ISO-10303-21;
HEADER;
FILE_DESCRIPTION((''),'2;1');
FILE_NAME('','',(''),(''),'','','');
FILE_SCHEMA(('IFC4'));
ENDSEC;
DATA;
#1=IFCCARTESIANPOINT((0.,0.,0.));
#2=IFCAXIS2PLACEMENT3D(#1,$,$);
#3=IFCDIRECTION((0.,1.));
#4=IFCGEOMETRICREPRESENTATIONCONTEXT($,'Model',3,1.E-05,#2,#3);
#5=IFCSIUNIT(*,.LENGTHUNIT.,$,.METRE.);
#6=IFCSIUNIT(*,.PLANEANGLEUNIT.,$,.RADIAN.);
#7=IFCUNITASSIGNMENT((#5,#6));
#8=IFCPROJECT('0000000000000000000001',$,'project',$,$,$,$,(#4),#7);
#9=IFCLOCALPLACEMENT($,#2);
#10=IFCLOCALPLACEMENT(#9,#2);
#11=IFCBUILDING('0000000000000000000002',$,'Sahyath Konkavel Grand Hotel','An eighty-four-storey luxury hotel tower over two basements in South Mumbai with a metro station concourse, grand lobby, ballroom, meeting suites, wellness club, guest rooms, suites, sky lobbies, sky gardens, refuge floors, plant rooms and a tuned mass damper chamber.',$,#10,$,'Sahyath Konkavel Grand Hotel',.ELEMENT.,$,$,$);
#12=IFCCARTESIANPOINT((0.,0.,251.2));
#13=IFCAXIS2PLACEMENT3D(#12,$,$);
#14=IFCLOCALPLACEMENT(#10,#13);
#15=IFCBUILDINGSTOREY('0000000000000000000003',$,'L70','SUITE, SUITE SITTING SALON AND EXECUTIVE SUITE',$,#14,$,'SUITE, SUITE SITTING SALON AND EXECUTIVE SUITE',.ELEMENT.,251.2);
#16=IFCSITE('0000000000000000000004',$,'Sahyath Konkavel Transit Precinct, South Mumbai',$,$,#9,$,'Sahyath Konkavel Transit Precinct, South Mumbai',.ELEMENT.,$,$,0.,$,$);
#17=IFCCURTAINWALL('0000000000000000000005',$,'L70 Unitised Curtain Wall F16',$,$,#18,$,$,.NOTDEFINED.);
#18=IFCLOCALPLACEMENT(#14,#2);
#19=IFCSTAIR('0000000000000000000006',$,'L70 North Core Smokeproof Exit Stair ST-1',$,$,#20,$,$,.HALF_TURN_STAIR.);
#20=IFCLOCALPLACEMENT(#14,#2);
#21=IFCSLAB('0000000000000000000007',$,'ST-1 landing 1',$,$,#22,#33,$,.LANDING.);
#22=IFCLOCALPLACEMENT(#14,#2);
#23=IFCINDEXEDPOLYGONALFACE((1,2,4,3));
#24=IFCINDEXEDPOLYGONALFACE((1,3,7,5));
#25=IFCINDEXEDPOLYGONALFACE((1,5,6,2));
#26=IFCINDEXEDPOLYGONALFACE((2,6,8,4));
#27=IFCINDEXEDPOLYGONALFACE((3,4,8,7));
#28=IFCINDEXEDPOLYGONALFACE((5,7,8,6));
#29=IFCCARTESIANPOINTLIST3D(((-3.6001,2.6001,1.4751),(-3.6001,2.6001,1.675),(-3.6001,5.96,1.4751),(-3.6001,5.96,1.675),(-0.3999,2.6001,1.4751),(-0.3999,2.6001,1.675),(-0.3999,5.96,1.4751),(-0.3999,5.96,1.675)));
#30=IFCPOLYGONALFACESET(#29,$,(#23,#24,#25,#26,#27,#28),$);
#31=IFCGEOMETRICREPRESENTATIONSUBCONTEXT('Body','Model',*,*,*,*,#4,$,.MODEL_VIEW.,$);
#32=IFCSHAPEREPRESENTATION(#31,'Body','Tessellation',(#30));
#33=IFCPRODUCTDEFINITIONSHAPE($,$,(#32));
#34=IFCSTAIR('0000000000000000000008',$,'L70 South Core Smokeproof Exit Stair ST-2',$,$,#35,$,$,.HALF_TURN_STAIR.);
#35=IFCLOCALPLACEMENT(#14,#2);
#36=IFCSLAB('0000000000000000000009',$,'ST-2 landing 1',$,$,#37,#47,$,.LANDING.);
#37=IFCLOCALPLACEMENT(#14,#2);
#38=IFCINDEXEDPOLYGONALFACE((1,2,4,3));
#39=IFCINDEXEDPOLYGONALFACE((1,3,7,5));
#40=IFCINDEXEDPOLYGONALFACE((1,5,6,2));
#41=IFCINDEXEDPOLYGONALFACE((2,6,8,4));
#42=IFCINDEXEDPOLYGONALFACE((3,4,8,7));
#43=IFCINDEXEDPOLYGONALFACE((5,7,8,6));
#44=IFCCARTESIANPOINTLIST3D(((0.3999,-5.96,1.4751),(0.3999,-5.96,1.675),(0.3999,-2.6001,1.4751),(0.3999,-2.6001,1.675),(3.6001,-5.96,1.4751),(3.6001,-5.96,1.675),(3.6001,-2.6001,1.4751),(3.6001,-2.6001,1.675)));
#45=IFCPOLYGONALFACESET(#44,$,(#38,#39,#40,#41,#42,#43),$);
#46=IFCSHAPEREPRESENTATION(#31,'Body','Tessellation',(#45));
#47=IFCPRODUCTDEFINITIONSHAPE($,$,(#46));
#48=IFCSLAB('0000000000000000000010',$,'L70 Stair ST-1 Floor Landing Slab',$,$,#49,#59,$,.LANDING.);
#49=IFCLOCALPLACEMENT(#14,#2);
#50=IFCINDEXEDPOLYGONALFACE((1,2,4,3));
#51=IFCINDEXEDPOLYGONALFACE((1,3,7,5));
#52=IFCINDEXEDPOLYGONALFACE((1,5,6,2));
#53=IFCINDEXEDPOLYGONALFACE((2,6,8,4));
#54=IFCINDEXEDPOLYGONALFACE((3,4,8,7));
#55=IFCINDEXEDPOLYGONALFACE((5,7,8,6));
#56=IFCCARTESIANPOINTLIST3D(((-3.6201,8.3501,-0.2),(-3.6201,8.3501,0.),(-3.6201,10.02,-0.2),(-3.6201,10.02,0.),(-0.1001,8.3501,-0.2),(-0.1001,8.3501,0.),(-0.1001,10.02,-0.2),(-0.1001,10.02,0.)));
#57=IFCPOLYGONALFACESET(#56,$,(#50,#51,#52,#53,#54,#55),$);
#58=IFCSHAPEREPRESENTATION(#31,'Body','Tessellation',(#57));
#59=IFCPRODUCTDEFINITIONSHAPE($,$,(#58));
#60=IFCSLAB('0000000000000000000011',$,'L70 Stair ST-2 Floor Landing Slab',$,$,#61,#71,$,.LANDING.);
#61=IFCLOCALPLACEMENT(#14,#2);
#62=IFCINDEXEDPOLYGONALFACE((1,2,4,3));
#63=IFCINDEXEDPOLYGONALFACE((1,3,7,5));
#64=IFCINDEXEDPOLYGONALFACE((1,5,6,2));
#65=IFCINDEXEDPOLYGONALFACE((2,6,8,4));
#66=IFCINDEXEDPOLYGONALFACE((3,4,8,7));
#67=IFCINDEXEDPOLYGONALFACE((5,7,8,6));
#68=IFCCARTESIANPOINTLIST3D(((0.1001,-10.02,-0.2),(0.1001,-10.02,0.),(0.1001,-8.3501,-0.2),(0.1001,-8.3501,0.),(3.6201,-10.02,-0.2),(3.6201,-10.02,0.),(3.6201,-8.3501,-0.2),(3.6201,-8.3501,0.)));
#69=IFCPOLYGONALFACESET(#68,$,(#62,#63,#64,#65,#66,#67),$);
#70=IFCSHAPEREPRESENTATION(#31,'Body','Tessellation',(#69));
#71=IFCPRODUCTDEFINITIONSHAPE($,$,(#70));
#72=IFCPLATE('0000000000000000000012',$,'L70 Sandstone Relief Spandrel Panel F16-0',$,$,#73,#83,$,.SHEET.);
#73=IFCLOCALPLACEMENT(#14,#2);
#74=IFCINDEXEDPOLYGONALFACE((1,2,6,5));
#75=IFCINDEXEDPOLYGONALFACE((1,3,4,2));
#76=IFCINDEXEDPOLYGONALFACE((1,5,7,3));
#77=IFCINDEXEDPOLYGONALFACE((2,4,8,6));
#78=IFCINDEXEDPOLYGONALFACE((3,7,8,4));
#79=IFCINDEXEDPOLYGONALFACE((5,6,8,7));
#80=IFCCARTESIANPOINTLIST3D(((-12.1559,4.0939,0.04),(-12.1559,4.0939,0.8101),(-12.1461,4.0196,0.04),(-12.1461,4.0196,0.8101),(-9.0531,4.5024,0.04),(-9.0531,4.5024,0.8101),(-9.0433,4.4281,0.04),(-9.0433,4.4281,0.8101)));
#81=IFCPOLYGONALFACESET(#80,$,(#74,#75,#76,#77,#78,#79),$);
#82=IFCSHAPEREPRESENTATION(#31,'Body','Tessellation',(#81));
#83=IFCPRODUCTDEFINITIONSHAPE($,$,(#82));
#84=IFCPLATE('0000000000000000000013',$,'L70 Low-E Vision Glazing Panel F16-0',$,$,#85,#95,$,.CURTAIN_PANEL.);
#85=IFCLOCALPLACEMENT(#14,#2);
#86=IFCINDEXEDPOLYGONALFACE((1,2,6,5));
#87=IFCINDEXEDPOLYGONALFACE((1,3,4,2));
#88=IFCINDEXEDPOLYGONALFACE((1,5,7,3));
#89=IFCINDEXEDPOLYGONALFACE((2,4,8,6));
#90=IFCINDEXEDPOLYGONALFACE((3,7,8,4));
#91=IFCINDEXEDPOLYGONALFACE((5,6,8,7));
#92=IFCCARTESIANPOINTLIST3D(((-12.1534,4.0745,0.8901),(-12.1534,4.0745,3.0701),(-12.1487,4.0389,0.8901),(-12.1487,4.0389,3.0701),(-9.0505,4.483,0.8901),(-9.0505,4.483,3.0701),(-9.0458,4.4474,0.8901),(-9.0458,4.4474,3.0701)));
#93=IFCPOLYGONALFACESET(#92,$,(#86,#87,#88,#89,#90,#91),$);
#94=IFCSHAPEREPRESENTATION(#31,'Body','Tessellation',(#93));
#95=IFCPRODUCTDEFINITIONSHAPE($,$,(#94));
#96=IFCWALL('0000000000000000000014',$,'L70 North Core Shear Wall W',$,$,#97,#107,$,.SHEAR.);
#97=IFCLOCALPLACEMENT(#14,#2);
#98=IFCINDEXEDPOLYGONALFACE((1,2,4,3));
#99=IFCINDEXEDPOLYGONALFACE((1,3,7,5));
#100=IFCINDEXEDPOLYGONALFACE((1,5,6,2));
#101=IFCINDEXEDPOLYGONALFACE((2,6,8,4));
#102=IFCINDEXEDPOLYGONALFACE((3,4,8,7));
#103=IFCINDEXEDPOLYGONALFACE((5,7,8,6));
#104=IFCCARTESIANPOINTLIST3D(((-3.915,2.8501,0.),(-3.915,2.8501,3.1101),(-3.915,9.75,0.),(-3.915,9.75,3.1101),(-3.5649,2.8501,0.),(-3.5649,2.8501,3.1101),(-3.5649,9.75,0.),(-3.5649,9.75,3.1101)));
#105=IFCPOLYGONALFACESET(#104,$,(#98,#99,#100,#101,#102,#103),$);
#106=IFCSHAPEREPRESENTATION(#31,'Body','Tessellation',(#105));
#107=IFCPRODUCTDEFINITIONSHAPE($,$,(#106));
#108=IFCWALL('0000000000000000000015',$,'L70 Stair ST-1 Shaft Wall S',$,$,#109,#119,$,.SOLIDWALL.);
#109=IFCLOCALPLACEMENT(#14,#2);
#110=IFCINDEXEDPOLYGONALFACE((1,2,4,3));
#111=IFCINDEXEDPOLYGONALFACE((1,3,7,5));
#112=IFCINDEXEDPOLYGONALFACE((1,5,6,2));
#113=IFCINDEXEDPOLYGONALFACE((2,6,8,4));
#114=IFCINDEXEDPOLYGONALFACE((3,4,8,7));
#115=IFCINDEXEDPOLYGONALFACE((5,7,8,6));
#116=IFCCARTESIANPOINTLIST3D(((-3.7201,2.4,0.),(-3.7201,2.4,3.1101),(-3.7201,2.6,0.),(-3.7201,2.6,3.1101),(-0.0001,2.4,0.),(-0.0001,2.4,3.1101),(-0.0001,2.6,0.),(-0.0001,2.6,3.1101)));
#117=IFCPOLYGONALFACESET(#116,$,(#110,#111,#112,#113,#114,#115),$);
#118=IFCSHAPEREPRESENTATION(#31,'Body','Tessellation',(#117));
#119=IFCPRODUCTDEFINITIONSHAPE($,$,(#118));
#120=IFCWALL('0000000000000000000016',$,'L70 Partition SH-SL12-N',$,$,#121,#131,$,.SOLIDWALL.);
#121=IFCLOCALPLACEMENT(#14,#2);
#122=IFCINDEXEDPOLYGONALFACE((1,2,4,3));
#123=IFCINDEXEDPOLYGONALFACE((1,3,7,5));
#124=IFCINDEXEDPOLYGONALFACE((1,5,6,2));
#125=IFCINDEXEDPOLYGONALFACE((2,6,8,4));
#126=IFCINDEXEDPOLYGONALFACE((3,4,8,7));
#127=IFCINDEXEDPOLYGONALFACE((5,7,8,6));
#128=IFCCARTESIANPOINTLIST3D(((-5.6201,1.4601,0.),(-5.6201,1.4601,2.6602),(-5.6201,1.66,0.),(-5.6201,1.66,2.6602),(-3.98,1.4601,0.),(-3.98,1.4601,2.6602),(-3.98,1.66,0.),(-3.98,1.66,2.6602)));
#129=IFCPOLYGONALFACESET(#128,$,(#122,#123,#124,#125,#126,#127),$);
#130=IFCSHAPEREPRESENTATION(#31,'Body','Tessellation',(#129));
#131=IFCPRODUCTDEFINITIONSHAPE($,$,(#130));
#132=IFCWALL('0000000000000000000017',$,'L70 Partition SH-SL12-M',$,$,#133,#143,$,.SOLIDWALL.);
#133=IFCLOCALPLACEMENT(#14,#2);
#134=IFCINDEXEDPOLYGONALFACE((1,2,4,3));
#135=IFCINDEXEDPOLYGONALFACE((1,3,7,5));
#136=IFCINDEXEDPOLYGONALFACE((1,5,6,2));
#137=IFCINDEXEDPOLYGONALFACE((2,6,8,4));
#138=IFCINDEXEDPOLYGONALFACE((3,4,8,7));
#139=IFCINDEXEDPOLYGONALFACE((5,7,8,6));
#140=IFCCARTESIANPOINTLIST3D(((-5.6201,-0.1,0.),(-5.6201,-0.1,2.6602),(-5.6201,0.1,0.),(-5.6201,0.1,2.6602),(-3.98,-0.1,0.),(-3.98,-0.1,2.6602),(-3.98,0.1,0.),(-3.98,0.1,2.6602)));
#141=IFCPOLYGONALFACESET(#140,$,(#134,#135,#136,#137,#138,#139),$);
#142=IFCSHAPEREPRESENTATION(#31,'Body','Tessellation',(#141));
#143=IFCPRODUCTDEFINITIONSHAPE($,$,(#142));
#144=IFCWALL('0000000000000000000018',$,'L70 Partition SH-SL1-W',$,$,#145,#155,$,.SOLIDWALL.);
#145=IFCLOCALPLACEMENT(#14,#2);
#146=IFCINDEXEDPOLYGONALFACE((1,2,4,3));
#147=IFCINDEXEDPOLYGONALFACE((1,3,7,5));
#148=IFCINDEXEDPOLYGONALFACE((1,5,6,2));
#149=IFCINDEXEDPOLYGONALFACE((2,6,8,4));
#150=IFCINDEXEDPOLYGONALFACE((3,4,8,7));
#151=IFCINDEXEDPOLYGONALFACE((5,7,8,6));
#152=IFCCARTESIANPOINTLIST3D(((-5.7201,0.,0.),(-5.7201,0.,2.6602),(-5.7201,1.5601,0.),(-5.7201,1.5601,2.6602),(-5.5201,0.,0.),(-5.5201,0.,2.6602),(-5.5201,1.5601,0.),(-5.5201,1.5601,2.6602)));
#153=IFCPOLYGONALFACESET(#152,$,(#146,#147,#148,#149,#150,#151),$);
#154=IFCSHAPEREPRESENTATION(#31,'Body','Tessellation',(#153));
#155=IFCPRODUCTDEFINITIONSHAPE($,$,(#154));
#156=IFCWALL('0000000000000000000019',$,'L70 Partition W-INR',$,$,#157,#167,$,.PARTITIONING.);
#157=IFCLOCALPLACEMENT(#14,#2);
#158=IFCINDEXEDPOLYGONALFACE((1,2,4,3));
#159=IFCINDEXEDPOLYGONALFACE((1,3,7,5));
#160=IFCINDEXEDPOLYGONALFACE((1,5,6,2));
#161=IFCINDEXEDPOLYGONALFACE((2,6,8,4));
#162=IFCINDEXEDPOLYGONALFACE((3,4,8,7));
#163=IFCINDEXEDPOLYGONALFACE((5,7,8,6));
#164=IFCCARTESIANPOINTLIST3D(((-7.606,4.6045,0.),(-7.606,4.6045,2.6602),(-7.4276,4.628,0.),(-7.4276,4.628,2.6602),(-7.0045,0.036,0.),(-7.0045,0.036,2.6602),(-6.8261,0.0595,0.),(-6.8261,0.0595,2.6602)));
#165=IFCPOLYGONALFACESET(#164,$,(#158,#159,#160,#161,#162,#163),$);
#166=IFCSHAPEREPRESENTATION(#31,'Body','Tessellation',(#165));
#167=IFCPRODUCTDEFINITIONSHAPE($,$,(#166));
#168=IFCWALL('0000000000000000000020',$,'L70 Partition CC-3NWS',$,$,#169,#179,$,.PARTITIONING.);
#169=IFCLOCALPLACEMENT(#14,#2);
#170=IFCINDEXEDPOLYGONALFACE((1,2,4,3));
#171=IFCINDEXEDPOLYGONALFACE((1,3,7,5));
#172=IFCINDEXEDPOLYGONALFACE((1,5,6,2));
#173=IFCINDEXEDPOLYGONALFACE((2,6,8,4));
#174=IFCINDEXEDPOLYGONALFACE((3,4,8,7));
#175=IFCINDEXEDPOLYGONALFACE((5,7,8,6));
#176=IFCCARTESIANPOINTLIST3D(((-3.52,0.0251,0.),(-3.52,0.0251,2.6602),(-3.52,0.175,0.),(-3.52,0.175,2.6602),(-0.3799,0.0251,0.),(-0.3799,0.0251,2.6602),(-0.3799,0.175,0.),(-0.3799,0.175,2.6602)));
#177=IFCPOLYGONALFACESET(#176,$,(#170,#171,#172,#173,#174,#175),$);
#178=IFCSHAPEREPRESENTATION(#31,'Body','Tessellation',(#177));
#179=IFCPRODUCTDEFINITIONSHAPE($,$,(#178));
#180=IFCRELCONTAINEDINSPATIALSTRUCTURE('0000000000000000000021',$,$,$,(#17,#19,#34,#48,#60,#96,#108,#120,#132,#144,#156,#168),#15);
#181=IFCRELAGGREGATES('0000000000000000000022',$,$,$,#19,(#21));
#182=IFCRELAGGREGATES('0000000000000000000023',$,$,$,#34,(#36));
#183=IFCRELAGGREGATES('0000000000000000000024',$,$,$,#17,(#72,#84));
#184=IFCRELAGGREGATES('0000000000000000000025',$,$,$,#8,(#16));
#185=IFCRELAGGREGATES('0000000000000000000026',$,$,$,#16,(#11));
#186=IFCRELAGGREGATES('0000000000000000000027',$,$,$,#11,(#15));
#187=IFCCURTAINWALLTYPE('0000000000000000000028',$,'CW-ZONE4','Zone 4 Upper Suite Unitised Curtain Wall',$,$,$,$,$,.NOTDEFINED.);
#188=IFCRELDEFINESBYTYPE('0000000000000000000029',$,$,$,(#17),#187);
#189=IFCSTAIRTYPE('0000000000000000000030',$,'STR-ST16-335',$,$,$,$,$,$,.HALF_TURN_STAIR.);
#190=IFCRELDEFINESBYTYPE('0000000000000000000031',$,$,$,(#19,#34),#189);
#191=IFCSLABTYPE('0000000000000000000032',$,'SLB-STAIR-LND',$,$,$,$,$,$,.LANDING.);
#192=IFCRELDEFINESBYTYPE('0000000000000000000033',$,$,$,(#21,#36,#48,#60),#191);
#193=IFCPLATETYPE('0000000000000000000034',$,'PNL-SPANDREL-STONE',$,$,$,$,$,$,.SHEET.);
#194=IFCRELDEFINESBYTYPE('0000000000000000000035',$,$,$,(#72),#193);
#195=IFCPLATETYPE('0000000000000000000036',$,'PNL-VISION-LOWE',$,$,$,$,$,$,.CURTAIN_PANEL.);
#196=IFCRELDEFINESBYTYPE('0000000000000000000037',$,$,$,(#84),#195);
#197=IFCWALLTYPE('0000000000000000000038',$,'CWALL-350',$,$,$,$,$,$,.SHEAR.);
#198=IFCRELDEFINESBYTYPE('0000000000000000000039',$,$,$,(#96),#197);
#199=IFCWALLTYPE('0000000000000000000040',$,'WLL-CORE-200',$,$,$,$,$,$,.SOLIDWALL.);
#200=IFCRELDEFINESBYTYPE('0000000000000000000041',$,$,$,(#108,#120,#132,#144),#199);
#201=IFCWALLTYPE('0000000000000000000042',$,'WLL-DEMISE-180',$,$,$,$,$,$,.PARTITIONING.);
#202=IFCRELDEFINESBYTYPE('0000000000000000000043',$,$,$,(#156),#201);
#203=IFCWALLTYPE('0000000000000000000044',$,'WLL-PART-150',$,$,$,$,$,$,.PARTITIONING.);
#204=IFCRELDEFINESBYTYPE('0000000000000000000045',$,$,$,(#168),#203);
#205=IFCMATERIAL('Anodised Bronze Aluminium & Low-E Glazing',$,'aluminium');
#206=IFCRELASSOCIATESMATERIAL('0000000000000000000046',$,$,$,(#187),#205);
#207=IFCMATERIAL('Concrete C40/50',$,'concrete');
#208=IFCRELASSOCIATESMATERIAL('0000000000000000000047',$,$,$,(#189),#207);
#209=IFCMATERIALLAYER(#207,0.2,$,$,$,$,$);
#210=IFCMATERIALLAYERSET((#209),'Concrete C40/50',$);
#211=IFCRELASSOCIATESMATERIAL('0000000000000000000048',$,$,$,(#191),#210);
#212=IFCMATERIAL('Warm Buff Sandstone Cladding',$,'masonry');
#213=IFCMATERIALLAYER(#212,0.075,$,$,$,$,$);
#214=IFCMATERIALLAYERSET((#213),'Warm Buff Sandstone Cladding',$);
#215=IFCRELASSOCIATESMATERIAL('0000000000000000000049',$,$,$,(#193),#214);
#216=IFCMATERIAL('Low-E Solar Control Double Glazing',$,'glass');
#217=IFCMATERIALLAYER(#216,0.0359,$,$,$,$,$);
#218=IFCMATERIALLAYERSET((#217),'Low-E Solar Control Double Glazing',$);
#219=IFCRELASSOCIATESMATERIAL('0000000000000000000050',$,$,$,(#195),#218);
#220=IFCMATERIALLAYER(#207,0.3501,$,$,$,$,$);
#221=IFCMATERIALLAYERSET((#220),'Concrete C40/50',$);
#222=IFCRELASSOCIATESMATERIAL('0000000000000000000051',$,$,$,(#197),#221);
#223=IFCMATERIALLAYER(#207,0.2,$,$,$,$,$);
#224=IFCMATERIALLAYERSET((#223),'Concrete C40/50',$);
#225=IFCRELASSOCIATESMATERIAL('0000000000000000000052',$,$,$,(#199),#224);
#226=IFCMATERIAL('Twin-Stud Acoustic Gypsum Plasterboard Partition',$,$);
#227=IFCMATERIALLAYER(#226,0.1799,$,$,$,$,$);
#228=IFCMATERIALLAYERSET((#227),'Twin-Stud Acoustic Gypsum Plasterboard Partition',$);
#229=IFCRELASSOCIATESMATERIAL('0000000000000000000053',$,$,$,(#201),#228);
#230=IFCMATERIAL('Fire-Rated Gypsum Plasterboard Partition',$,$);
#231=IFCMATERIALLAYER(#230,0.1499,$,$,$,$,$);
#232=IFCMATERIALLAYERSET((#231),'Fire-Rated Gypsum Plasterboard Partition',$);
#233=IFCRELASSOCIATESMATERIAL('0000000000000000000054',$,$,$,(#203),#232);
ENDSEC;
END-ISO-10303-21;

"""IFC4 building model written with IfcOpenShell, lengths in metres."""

from ifc_helpers import new_model, si_unit, direction, frame, frame_2d, origin, origin_2d, place, context, subcontext, project, spatial, polyline, rectangle, outline, extrude, source, transform, mapped, material, layer, layer_set, type_object, element, aggregate, save


model = new_model("IFC4")

# Units and contexts
model_context = context("Model", 3, precision=1e-05, world=origin(), true_north=direction((0.0, 1.0)))
body_context = subcontext(model_context, "Body", "Model", "MODEL_VIEW")
ifc_project = project(units=[si_unit("LENGTHUNIT", "METRE"), si_unit("PLANEANGLEUNIT", "RADIAN")], contexts=[model_context])

# Site, building, storey
site_placement = place(None, origin())
site = spatial("IfcSite", under=ifc_project, at=site_placement, Name="Sahyath Konkavel Transit Precinct, South Mumbai", LongName="Sahyath Konkavel Transit Precinct, South Mumbai", CompositionType="ELEMENT", RefElevation=0.0)
building_placement = place(site_placement, origin())
building = spatial("IfcBuilding", under=site, at=building_placement, Name="Sahyath Konkavel Grand Hotel", Description="An eighty-four-storey luxury hotel tower over two basements in South Mumbai with a metro station concourse, grand lobby, ballroom, meeting suites, wellness club, guest rooms, suites, sky lobbies, sky gardens, refuge floors, plant rooms and a tuned mass damper chamber.", LongName="Sahyath Konkavel Grand Hotel", CompositionType="ELEMENT")
storey_placement = place(building_placement, frame((0.0, 0.0, 251.2)))
storey = spatial("IfcBuildingStorey", under=building, at=storey_placement, Name="L70", Description="SUITE, SUITE SITTING SALON AND EXECUTIVE SUITE", LongName="SUITE, SUITE SITTING SALON AND EXECUTIVE SUITE", CompositionType="ELEMENT", Elevation=251.2)

# Shared definitions
ifc_material_1 = material(Name="Concrete C40/50", Category="concrete")

# Curtain wall
ifc_material_2 = material(Name="Anodised Bronze Aluminium & Low-E Glazing", Category="aluminium")
curtain_wall_type = type_object("IfcCurtainWallType", Name="CW-ZONE4", Description="Zone 4 Upper Suite Unitised Curtain Wall", PredefinedType="NOTDEFINED", material=ifc_material_2)
curtain_wall_placement = place(storey_placement, origin())
curtain_wall = element("IfcCurtainWall", 1, at=curtain_wall_placement, inside=storey, type_object=curtain_wall_type, Name="L70 Unitised Curtain Wall F16", PredefinedType="NOTDEFINED")

# Stairs, slabs
stair_type = type_object("IfcStairType", Name="STR-ST16-335", PredefinedType="HALF_TURN_STAIR", material=ifc_material_1)
stair_1_placement = place(storey_placement, origin())
stair_1 = element("IfcStair", 2, at=stair_1_placement, inside=storey, type_object=stair_type, Name="L70 North Core Smokeproof Exit Stair ST-1", PredefinedType="HALF_TURN_STAIR")
ifc_layer_1 = layer(ifc_material_1, 0.2)
ifc_layer_set_1 = layer_set([ifc_layer_1], Name="Concrete C40/50")
slab_type_1 = type_object("IfcSlabType", Name="SLB-STAIR-LND", PredefinedType="LANDING", material=ifc_layer_set_1)
slab_1_placement = place(storey_placement, frame((0.0, 0.0, 1.4751)))
slab_1 = element("IfcSlab", 3, at=slab_1_placement, type_object=slab_type_1, Name="ST-1 landing 1", PredefinedType="LANDING", context=body_context, shape_type="SweptSolid", body=[
    extrude(outline(polyline([(-3.6001, 5.96), (-3.6001, 2.6001), (-0.3999, 2.6001), (-0.3999, 5.96), (-3.6001, 5.96)])), origin(), (0.0, 0.0, 1.0), 0.2),
])
aggregate(stair_1, [slab_1])
stair_2_placement = place(storey_placement, origin())
stair_2 = element("IfcStair", 4, at=stair_2_placement, inside=storey, type_object=stair_type, Name="L70 South Core Smokeproof Exit Stair ST-2", PredefinedType="HALF_TURN_STAIR")
slab_2_placement = place(storey_placement, frame((0.0, 0.0, 1.4751)))
slab_2 = element("IfcSlab", 5, at=slab_2_placement, type_object=slab_type_1, Name="ST-2 landing 1", PredefinedType="LANDING", context=body_context, shape_type="SweptSolid", body=[
    extrude(outline(polyline([(3.6001, -5.96), (3.6001, -2.6001), (0.3999, -2.6001), (0.3999, -5.96), (3.6001, -5.96)])), origin(), (0.0, 0.0, 1.0), 0.2),
])
aggregate(stair_2, [slab_2])

# Slabs
slab_3_placement = place(storey_placement, frame((0.0, 0.0, -0.2)))
element("IfcSlab", 6, at=slab_3_placement, inside=storey, type_object=slab_type_1, Name="L70 Stair ST-1 Floor Landing Slab", PredefinedType="LANDING", context=body_context, shape_type="SweptSolid", body=[
    extrude(outline(polyline([(-3.6201, 8.3501), (-0.1001, 8.3501), (-0.1001, 10.02), (-3.6201, 10.02), (-3.6201, 8.3501)])), origin(), (0.0, 0.0, 1.0), 0.2),
])
slab_4_placement = place(storey_placement, frame((0.0, 0.0, -0.2)))
element("IfcSlab", 7, at=slab_4_placement, inside=storey, type_object=slab_type_1, Name="L70 Stair ST-2 Floor Landing Slab", PredefinedType="LANDING", context=body_context, shape_type="SweptSolid", body=[
    extrude(outline(polyline([(0.1001, -10.02), (3.6201, -10.02), (3.6201, -8.3501), (0.1001, -8.3501), (0.1001, -10.02)])), origin(), (0.0, 0.0, 1.0), 0.2),
])

# Plates
ifc_material_3 = material(Name="Warm Buff Sandstone Cladding", Category="masonry")
ifc_layer_2 = layer(ifc_material_3, 0.075)
ifc_layer_set_2 = layer_set([ifc_layer_2], Name="Warm Buff Sandstone Cladding")
plate_type_1 = type_object("IfcPlateType", Name="PNL-SPANDREL-STONE", PredefinedType="SHEET", material=ifc_layer_set_2)
shared_shape_1 = source(origin(), body_context, "Body", "SweptSolid", [
    extrude(rectangle(XDim=3.1296, YDim=0.075, at=origin_2d()), origin(), (0.0, 0.0, 1.0), 0.77),
])
plate_1_placement = place(storey_placement, frame((-10.5996, 4.261, 0.04), z_axis=(0.0, 0.0, 1.0), x_axis=(-0.991445, -0.130526, 0.0)))
plate_1 = element("IfcPlate", 8, at=plate_1_placement, type_object=plate_type_1, Name="L70 Sandstone Relief Spandrel Panel F16-0", PredefinedType="SHEET", context=body_context, shape_type="MappedRepresentation", body=[
    mapped(shared_shape_1, transform((0.0, 0.0, 0.0), scale=1.0)),
])
ifc_material_4 = material(Name="Low-E Solar Control Double Glazing", Category="glass")
ifc_layer_3 = layer(ifc_material_4, 0.0359)
ifc_layer_set_3 = layer_set([ifc_layer_3], Name="Low-E Solar Control Double Glazing")
plate_type_2 = type_object("IfcPlateType", Name="PNL-VISION-LOWE", PredefinedType="CURTAIN_PANEL", material=ifc_layer_set_3)
shared_shape_2 = source(origin(), body_context, "Body", "SweptSolid", [
    extrude(rectangle(XDim=3.1296, YDim=0.0359, at=origin_2d()), origin(), (0.0, 0.0, 1.0), 2.1799),
])
plate_2_placement = place(storey_placement, frame((-10.5996, 4.261, 0.8901), z_axis=(0.0, 0.0, 1.0), x_axis=(-0.991445, -0.130526, 0.0)))
plate_2 = element("IfcPlate", 9, at=plate_2_placement, type_object=plate_type_2, Name="L70 Low-E Vision Glazing Panel F16-0", PredefinedType="CURTAIN_PANEL", context=body_context, shape_type="MappedRepresentation", body=[
    mapped(shared_shape_2, transform((0.0, 0.0, 0.0), scale=1.0)),
])
aggregate(curtain_wall, [plate_1, plate_2])

# Walls
ifc_layer_4 = layer(ifc_material_1, 0.3501)
ifc_layer_set_4 = layer_set([ifc_layer_4], Name="Concrete C40/50")
wall_type_1 = type_object("IfcWallType", Name="CWALL-350", PredefinedType="SHEAR", material=ifc_layer_set_4)
wall_1_placement = place(storey_placement, frame((-3.74, 2.8501, 0.0), z_axis=(0.0, 0.0, 1.0), x_axis=(0.0, 1.0, 0.0)))
element("IfcWall", 10, at=wall_1_placement, inside=storey, type_object=wall_type_1, Name="L70 North Core Shear Wall W", PredefinedType="SHEAR", context=body_context, shape_type="SweptSolid", body=[
    extrude(rectangle(XDim=6.8999, YDim=0.3501, at=frame_2d((3.45, 0.0))), origin(), (0.0, 0.0, 1.0), 3.1101),
])
ifc_layer_5 = layer(ifc_material_1, 0.2)
ifc_layer_set_5 = layer_set([ifc_layer_5], Name="Concrete C40/50")
wall_type_2 = type_object("IfcWallType", Name="WLL-CORE-200", PredefinedType="SOLIDWALL", material=ifc_layer_set_5)
wall_2_placement = place(storey_placement, frame((-3.72, 2.5, 0.0), z_axis=(0.0, 0.0, 1.0), x_axis=(1.0, 0.0, 0.0)))
element("IfcWall", 11, at=wall_2_placement, inside=storey, type_object=wall_type_2, Name="L70 Stair ST-1 Shaft Wall S", PredefinedType="SOLIDWALL", context=body_context, shape_type="SweptSolid", body=[
    extrude(rectangle(XDim=3.72, YDim=0.2, at=frame_2d((1.8599, 0.0))), origin(), (0.0, 0.0, 1.0), 3.1101),
])
for number, where, z_axis, x_axis, name in (
    (12, (-5.6201, 1.5601, 0.0), (0.0, 0.0, 1.0), (1.0, 0.0, 0.0), "L70 Partition SH-SL12-N"),
    (13, (-5.6201, 0.0, 0.0), (0.0, 0.0, 1.0), (1.0, 0.0, 0.0), "L70 Partition SH-SL12-M"),
):
    element("IfcWall", number, at=place(storey_placement, frame(where, z_axis=z_axis, x_axis=x_axis)), inside=storey, type_object=wall_type_2, Name=name, PredefinedType="SOLIDWALL", context=body_context, shape_type="SweptSolid", body=[
        extrude(rectangle(XDim=1.6401, YDim=0.2, at=frame_2d((0.8201, 0.0))), origin(), (0.0, 0.0, 1.0), 2.6602),
    ])
wall_3_placement = place(storey_placement, frame((-5.6201, 0.0, 0.0), z_axis=(0.0, 0.0, 1.0), x_axis=(0.0, 1.0, 0.0)))
element("IfcWall", 14, at=wall_3_placement, inside=storey, type_object=wall_type_2, Name="L70 Partition SH-SL1-W", PredefinedType="SOLIDWALL", context=body_context, shape_type="SweptSolid", body=[
    extrude(rectangle(XDim=1.5601, YDim=0.2, at=frame_2d((0.78, 0.0))), origin(), (0.0, 0.0, 1.0), 2.6602),
])
ifc_material_5 = material(Name="Twin-Stud Acoustic Gypsum Plasterboard Partition")
ifc_layer_6 = layer(ifc_material_5, 0.1799)
ifc_layer_set_6 = layer_set([ifc_layer_6], Name="Twin-Stud Acoustic Gypsum Plasterboard Partition")
wall_type_3 = type_object("IfcWallType", Name="WLL-DEMISE-180", PredefinedType="PARTITIONING", material=ifc_layer_set_6)
wall_4_placement = place(storey_placement, frame((-7.5168, 4.6162, 0.0), z_axis=(0.0, 0.0, 1.0), x_axis=(0.130553, -0.991441, 0.0)))
element("IfcWall", 15, at=wall_4_placement, inside=storey, type_object=wall_type_3, Name="L70 Partition W-INR", PredefinedType="PARTITIONING", context=body_context, shape_type="SweptSolid", body=[
    extrude(rectangle(XDim=4.6079, YDim=0.1799, at=frame_2d((2.304, 0.0))), origin(), (0.0, 0.0, 1.0), 2.6602),
])
ifc_material_6 = material(Name="Fire-Rated Gypsum Plasterboard Partition")
ifc_layer_7 = layer(ifc_material_6, 0.1499)
ifc_layer_set_7 = layer_set([ifc_layer_7], Name="Fire-Rated Gypsum Plasterboard Partition")
wall_type_4 = type_object("IfcWallType", Name="WLL-PART-150", PredefinedType="PARTITIONING", material=ifc_layer_set_7)
wall_5_placement = place(storey_placement, frame((-3.52, 0.1001, 0.0), z_axis=(0.0, 0.0, 1.0), x_axis=(1.0, 0.0, 0.0)))
element("IfcWall", 16, at=wall_5_placement, inside=storey, type_object=wall_type_4, Name="L70 Partition CC-3NWS", PredefinedType="PARTITIONING", context=body_context, shape_type="SweptSolid", body=[
    extrude(rectangle(XDim=3.1401, YDim=0.1499, at=frame_2d((1.5701, 0.0))), origin(), (0.0, 0.0, 1.0), 2.6602),
])

save(model, "model.ifc")
